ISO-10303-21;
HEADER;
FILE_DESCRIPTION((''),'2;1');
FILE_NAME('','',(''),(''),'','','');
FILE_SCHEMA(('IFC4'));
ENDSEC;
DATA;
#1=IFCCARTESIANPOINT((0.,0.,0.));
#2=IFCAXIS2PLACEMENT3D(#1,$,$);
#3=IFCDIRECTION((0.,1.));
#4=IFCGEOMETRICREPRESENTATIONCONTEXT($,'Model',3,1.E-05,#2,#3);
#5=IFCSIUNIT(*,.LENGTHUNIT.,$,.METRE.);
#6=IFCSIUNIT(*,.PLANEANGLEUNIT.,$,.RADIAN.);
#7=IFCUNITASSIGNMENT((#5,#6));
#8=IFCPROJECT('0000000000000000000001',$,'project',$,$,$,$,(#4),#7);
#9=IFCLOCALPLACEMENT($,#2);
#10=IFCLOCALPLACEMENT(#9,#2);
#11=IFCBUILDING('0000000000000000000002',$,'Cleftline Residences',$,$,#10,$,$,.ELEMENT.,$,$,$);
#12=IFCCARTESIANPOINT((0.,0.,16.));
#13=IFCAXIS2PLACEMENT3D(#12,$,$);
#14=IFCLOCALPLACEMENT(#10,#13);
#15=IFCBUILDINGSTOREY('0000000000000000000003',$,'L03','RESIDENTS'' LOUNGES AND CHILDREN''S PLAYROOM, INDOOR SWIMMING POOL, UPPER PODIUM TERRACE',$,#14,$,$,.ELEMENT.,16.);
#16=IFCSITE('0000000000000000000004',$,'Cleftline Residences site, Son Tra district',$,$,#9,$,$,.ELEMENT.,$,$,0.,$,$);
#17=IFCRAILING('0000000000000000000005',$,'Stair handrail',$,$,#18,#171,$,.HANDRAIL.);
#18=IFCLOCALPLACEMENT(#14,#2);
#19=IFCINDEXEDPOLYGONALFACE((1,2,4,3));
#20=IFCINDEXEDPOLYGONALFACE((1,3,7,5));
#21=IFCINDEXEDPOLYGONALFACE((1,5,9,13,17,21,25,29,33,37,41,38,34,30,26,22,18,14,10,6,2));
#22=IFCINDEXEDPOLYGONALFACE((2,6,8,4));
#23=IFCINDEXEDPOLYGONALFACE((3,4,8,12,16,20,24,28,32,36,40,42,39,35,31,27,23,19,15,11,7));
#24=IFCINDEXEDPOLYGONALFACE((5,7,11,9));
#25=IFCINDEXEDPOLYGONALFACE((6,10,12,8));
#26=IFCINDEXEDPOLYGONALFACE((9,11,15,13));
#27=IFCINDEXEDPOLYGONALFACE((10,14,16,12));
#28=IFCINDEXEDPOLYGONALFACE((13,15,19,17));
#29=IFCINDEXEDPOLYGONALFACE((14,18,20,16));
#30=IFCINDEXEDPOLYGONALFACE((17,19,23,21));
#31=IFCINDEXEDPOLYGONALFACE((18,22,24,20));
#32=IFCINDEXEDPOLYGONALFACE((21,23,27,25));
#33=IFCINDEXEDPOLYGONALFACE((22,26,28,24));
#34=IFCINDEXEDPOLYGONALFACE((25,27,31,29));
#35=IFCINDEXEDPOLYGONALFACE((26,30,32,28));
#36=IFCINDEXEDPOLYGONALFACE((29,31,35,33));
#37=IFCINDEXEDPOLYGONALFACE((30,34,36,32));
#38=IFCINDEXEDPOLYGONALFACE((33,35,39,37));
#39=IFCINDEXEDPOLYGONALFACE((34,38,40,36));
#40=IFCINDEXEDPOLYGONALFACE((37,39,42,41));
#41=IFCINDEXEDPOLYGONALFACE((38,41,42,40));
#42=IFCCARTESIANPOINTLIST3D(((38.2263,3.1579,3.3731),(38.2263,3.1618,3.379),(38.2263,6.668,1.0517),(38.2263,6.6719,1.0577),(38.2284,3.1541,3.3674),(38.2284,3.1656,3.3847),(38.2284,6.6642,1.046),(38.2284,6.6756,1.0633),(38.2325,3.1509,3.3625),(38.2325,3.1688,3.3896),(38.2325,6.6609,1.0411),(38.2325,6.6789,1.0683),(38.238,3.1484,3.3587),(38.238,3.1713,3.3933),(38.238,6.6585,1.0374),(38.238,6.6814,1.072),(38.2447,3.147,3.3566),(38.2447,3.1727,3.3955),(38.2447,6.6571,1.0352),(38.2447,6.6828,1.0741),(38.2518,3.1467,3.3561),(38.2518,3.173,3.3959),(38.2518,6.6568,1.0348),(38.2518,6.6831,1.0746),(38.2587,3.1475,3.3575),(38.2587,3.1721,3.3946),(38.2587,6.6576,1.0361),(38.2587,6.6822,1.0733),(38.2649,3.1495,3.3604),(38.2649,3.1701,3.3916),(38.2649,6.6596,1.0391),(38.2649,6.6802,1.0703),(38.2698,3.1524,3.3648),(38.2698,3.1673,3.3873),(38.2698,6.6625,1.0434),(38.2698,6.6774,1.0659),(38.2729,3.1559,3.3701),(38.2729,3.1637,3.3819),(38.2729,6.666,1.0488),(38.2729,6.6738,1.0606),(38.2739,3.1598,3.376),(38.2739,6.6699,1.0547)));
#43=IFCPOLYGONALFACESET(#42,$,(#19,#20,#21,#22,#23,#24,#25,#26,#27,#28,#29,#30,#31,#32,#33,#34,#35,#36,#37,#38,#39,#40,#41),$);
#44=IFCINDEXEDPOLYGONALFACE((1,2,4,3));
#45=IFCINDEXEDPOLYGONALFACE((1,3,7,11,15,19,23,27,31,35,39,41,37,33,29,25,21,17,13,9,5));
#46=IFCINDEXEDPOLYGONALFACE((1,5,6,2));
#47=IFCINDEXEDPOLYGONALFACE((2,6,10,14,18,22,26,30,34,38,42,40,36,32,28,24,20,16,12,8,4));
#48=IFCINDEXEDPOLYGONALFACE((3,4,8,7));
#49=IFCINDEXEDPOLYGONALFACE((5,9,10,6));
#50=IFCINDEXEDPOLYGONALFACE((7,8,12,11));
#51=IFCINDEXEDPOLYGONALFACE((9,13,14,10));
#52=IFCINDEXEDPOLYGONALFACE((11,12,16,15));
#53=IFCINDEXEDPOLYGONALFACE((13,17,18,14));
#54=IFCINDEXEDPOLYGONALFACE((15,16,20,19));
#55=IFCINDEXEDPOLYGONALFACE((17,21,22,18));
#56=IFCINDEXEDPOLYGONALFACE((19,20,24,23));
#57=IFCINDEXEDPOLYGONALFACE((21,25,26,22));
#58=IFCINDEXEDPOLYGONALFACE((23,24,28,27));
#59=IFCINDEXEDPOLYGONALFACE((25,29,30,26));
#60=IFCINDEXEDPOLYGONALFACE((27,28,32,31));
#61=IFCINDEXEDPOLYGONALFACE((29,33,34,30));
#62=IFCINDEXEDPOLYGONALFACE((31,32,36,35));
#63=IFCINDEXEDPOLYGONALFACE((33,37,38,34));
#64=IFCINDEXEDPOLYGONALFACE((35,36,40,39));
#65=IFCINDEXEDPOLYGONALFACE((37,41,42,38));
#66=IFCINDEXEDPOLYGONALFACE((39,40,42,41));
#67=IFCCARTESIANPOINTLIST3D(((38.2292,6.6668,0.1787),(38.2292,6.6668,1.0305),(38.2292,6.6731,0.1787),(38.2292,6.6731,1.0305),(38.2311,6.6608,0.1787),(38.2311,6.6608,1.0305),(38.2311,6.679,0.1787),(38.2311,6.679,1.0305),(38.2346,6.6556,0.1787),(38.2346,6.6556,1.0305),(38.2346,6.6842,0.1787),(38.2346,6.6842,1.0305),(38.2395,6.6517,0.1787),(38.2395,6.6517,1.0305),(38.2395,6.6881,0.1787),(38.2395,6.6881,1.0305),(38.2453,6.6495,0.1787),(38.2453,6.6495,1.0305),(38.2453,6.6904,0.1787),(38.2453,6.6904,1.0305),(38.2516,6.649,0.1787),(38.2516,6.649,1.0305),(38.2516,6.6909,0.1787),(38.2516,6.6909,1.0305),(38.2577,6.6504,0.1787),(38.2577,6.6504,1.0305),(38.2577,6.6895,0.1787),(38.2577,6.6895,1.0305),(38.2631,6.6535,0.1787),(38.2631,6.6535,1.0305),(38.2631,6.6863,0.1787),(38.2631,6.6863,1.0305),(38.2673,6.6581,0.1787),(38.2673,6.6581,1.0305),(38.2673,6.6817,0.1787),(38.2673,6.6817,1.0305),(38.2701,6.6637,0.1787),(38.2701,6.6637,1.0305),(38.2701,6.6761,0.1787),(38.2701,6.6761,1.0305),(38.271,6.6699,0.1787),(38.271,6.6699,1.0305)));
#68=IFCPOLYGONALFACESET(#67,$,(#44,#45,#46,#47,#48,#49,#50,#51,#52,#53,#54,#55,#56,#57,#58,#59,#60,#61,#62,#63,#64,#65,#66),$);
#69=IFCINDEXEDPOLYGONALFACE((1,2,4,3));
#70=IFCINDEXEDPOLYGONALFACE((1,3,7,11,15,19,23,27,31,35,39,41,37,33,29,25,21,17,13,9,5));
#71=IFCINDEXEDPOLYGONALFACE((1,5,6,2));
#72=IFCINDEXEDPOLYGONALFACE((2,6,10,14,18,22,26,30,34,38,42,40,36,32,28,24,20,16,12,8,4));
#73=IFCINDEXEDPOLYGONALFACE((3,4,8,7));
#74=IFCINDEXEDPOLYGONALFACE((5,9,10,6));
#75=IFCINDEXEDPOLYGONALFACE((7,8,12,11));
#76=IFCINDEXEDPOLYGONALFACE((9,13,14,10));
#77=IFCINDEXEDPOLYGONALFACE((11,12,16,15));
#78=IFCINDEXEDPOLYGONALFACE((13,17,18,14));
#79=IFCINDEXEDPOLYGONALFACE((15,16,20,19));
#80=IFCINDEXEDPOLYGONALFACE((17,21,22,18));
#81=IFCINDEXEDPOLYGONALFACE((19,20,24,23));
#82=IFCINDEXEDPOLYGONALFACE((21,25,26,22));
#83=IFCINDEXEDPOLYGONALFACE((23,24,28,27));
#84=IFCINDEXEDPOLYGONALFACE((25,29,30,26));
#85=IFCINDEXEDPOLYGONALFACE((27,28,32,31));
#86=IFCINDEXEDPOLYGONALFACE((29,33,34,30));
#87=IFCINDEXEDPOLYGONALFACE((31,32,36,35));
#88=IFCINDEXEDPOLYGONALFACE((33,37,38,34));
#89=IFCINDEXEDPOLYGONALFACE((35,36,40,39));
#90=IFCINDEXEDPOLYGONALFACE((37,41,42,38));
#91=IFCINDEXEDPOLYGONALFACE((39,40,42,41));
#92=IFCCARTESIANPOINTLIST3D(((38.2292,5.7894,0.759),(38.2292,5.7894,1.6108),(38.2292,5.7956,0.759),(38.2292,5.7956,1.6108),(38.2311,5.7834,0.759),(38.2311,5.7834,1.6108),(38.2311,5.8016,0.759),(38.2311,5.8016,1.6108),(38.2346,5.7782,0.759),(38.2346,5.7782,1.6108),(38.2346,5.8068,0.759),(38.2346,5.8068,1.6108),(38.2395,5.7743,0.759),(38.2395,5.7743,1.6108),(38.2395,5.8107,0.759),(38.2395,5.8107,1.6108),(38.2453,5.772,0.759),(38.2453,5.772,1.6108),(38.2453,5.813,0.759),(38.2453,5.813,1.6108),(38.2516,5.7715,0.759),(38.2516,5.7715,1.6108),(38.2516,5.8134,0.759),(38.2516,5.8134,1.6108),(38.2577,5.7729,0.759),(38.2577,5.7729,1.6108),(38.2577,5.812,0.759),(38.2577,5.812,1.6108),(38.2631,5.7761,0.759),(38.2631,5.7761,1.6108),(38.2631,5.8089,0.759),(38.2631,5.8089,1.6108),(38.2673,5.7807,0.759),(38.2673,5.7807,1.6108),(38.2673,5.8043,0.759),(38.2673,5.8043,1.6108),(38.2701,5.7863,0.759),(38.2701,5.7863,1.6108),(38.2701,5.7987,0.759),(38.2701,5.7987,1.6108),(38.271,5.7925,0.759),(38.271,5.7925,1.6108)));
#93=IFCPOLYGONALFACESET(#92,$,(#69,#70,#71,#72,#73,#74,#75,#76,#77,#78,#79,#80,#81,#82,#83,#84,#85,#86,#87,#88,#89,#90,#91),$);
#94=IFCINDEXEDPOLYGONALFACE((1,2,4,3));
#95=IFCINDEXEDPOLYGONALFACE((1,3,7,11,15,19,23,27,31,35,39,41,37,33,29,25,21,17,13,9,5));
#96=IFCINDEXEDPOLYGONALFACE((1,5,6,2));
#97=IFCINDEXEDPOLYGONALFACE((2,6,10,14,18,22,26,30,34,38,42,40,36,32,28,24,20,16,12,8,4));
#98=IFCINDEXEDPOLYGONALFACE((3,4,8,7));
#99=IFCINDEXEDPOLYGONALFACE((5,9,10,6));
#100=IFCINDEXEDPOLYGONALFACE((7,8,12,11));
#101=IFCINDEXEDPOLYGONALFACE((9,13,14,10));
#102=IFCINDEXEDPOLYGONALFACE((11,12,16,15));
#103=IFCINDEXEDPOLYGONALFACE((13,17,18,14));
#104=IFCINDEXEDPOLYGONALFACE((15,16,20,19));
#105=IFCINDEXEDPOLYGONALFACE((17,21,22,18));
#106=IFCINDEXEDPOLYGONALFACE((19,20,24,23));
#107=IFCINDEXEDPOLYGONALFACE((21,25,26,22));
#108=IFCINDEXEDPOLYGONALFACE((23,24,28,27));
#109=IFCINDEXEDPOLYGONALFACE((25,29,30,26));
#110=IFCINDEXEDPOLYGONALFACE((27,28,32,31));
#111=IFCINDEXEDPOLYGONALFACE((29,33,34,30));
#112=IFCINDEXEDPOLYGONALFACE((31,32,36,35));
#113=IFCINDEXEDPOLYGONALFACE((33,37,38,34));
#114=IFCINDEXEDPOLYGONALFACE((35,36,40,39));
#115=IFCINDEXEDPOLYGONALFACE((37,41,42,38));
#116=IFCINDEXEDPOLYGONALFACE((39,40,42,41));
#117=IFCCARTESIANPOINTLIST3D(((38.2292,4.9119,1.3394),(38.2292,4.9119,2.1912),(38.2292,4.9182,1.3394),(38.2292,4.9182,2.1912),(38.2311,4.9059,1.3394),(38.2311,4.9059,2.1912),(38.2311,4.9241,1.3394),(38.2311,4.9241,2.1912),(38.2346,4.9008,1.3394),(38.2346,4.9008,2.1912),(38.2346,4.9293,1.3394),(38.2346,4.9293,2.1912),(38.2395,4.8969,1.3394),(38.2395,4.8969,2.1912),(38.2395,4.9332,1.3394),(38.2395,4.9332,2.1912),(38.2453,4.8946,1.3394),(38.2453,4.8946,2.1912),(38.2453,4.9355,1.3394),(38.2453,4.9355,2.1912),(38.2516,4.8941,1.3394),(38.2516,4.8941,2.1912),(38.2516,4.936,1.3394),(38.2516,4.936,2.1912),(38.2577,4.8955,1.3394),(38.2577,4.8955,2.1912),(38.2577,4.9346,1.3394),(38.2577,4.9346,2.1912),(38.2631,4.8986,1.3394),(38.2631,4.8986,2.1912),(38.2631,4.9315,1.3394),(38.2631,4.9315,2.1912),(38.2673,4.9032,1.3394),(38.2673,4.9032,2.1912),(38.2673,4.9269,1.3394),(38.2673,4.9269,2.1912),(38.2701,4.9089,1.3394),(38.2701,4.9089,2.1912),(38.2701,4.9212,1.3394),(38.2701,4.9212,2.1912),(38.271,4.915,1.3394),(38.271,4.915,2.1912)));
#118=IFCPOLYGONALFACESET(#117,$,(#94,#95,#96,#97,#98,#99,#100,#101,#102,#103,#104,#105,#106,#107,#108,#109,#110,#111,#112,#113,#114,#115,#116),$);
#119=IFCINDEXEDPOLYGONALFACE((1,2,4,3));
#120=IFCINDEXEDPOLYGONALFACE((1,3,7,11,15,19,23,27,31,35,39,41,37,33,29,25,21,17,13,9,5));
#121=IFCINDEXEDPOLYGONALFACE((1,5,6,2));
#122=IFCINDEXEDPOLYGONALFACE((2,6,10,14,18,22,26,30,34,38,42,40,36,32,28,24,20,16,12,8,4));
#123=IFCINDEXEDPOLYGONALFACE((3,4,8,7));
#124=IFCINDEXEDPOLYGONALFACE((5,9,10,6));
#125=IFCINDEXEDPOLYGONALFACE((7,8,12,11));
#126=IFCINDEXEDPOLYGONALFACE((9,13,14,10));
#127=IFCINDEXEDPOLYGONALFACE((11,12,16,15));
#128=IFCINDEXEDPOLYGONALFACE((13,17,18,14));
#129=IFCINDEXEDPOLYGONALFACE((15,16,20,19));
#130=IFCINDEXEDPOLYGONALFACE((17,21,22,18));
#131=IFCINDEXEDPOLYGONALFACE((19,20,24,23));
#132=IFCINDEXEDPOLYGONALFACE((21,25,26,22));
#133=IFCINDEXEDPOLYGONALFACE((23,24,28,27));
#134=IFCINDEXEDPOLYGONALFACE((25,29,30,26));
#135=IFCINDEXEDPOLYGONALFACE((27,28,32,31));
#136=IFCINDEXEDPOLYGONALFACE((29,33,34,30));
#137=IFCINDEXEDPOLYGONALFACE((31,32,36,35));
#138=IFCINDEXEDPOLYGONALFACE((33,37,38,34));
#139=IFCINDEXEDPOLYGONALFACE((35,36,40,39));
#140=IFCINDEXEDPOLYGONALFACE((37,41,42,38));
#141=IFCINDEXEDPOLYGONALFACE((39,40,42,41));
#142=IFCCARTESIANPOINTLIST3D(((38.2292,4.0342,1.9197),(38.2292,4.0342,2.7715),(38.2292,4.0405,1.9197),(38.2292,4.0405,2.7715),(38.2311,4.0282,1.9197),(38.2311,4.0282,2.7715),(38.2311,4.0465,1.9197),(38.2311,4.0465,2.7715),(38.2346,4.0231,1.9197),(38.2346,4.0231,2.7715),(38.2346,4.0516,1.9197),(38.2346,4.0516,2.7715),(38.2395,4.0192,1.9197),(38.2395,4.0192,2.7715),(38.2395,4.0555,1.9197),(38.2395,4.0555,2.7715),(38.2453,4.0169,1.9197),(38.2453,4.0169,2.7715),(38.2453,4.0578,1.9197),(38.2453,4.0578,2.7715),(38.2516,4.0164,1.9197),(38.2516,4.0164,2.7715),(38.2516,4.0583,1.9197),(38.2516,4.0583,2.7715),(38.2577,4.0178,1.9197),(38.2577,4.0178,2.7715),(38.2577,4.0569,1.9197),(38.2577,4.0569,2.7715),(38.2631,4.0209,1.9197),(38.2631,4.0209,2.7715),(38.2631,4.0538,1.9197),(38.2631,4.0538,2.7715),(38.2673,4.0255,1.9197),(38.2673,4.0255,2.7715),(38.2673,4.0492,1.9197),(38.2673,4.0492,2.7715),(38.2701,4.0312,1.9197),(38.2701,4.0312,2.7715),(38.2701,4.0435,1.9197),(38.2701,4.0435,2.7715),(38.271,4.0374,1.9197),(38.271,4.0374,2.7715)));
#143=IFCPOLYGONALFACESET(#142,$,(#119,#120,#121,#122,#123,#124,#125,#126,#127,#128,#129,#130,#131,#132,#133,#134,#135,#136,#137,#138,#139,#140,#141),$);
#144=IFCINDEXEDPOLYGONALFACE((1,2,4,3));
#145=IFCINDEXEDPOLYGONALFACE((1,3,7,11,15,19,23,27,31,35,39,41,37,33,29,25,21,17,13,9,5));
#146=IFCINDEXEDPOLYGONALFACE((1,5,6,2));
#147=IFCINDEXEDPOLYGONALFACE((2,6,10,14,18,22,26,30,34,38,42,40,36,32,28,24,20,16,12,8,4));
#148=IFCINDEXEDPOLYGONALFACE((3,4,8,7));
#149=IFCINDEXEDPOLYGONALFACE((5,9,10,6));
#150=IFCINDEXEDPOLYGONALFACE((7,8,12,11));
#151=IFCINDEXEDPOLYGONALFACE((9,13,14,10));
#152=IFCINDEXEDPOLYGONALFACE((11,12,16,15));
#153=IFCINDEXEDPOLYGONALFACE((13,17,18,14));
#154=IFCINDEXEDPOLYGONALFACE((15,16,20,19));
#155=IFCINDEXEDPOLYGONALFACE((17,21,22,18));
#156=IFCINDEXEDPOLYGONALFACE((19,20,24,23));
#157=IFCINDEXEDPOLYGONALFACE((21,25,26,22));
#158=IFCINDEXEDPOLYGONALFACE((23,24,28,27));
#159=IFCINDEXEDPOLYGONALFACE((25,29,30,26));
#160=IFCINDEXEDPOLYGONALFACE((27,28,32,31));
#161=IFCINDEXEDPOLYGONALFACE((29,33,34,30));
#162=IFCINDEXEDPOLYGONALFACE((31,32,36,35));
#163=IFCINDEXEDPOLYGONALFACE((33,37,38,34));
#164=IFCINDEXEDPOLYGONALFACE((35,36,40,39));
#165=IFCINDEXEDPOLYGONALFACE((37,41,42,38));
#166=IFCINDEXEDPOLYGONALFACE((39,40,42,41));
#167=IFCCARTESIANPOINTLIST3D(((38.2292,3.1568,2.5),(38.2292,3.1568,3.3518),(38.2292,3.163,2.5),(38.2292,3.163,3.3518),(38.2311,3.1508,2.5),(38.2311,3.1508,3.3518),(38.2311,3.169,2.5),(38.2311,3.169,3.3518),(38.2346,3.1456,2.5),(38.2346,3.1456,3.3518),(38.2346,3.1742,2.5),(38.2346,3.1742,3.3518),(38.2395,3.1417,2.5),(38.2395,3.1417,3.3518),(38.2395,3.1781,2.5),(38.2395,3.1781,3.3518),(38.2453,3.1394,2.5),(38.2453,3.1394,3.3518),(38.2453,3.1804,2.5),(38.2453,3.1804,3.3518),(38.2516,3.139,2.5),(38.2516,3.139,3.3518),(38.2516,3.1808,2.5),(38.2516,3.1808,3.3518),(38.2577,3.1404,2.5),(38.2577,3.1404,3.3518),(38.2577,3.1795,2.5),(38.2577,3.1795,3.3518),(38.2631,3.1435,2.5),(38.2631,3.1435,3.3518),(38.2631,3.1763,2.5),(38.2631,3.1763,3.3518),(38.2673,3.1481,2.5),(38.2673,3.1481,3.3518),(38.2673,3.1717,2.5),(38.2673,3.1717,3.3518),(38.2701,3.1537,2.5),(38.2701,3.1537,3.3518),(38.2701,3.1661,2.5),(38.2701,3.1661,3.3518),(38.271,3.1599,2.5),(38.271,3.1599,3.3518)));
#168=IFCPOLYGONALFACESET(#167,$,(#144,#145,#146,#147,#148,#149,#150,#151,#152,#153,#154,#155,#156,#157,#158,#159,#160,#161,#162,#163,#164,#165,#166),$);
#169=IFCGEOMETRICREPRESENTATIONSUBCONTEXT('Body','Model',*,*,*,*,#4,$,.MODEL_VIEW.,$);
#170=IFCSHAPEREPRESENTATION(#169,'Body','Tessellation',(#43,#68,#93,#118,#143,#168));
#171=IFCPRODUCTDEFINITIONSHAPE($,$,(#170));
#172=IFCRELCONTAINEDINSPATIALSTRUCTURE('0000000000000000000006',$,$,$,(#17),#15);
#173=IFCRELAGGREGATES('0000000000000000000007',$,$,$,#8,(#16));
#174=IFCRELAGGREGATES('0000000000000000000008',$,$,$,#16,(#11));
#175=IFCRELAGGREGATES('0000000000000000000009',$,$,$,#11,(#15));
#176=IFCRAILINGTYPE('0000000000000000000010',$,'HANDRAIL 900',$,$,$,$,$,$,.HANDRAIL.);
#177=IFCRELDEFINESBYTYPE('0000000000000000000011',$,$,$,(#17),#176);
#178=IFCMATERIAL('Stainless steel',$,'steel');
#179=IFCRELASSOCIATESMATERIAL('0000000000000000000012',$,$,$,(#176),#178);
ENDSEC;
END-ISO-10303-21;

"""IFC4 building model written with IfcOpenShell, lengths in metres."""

from ifc_helpers import new_model, si_unit, direction, frame, origin, origin_2d, place, context, subcontext, project, spatial, circle, extrude, material, type_object, element, save


model = new_model("IFC4")

# Units and contexts
model_context = context("Model", 3, precision=1e-05, world=origin(), true_north=direction((0.0, 1.0)))
body_context = subcontext(model_context, "Body", "Model", "MODEL_VIEW")
ifc_project = project(units=[si_unit("LENGTHUNIT", "METRE"), si_unit("PLANEANGLEUNIT", "RADIAN")], contexts=[model_context])

# Site, building, storey
site_placement = place(None, origin())
site = spatial("IfcSite", under=ifc_project, at=site_placement, Name="Cleftline Residences site, Son Tra district", CompositionType="ELEMENT", RefElevation=0.0)
building_placement = place(site_placement, origin())
building = spatial("IfcBuilding", under=site, at=building_placement, Name="Cleftline Residences", CompositionType="ELEMENT")
storey_placement = place(building_placement, frame((0.0, 0.0, 16.0)))
storey = spatial("IfcBuildingStorey", under=building, at=storey_placement, Name="L03", Description="RESIDENTS' LOUNGES AND CHILDREN'S PLAYROOM, INDOOR SWIMMING POOL, UPPER PODIUM TERRACE", CompositionType="ELEMENT", Elevation=16.0)

# Railing
ifc_material_1 = material(Name="Stainless steel", Category="steel")
railing_type_1 = type_object("IfcRailingType", Name="HANDRAIL 900", PredefinedType="HANDRAIL", material=ifc_material_1)
railing_1_placement = place(storey_placement, frame((38.25, 6.6699, 0.1787)))
element("IfcRailing", 1, at=railing_1_placement, inside=storey, type_object=railing_type_1, Name="Stair handrail", PredefinedType="HANDRAIL", context=body_context, shape_type="SweptSolid", body=[
    extrude(circle(Radius=0.0239, at=origin_2d()), frame((0.0, 0.0, 0.876), z_axis=(0.0, -0.834097, 0.551617), x_axis=(1.0, 0.0, 0.0)), (0.0, 0.0, 1.0), 4.2083),
    extrude(circle(Radius=0.021, at=origin_2d()), origin(), (0.0, 0.0, 1.0), 0.8518),
    extrude(circle(Radius=0.021, at=origin_2d()), frame((0.0, -0.8774, 0.5803)), (0.0, 0.0, 1.0), 0.8518),
    extrude(circle(Radius=0.021, at=origin_2d()), frame((0.0, -1.7549, 1.1606)), (0.0, 0.0, 1.0), 0.8518),
    extrude(circle(Radius=0.021, at=origin_2d()), frame((0.0, -2.6326, 1.741)), (0.0, 0.0, 1.0), 0.8518),
    extrude(circle(Radius=0.021, at=origin_2d()), frame((0.0, -3.51, 2.3213)), (0.0, 0.0, 1.0), 0.8518),
])

save(model, "model.ifc")
